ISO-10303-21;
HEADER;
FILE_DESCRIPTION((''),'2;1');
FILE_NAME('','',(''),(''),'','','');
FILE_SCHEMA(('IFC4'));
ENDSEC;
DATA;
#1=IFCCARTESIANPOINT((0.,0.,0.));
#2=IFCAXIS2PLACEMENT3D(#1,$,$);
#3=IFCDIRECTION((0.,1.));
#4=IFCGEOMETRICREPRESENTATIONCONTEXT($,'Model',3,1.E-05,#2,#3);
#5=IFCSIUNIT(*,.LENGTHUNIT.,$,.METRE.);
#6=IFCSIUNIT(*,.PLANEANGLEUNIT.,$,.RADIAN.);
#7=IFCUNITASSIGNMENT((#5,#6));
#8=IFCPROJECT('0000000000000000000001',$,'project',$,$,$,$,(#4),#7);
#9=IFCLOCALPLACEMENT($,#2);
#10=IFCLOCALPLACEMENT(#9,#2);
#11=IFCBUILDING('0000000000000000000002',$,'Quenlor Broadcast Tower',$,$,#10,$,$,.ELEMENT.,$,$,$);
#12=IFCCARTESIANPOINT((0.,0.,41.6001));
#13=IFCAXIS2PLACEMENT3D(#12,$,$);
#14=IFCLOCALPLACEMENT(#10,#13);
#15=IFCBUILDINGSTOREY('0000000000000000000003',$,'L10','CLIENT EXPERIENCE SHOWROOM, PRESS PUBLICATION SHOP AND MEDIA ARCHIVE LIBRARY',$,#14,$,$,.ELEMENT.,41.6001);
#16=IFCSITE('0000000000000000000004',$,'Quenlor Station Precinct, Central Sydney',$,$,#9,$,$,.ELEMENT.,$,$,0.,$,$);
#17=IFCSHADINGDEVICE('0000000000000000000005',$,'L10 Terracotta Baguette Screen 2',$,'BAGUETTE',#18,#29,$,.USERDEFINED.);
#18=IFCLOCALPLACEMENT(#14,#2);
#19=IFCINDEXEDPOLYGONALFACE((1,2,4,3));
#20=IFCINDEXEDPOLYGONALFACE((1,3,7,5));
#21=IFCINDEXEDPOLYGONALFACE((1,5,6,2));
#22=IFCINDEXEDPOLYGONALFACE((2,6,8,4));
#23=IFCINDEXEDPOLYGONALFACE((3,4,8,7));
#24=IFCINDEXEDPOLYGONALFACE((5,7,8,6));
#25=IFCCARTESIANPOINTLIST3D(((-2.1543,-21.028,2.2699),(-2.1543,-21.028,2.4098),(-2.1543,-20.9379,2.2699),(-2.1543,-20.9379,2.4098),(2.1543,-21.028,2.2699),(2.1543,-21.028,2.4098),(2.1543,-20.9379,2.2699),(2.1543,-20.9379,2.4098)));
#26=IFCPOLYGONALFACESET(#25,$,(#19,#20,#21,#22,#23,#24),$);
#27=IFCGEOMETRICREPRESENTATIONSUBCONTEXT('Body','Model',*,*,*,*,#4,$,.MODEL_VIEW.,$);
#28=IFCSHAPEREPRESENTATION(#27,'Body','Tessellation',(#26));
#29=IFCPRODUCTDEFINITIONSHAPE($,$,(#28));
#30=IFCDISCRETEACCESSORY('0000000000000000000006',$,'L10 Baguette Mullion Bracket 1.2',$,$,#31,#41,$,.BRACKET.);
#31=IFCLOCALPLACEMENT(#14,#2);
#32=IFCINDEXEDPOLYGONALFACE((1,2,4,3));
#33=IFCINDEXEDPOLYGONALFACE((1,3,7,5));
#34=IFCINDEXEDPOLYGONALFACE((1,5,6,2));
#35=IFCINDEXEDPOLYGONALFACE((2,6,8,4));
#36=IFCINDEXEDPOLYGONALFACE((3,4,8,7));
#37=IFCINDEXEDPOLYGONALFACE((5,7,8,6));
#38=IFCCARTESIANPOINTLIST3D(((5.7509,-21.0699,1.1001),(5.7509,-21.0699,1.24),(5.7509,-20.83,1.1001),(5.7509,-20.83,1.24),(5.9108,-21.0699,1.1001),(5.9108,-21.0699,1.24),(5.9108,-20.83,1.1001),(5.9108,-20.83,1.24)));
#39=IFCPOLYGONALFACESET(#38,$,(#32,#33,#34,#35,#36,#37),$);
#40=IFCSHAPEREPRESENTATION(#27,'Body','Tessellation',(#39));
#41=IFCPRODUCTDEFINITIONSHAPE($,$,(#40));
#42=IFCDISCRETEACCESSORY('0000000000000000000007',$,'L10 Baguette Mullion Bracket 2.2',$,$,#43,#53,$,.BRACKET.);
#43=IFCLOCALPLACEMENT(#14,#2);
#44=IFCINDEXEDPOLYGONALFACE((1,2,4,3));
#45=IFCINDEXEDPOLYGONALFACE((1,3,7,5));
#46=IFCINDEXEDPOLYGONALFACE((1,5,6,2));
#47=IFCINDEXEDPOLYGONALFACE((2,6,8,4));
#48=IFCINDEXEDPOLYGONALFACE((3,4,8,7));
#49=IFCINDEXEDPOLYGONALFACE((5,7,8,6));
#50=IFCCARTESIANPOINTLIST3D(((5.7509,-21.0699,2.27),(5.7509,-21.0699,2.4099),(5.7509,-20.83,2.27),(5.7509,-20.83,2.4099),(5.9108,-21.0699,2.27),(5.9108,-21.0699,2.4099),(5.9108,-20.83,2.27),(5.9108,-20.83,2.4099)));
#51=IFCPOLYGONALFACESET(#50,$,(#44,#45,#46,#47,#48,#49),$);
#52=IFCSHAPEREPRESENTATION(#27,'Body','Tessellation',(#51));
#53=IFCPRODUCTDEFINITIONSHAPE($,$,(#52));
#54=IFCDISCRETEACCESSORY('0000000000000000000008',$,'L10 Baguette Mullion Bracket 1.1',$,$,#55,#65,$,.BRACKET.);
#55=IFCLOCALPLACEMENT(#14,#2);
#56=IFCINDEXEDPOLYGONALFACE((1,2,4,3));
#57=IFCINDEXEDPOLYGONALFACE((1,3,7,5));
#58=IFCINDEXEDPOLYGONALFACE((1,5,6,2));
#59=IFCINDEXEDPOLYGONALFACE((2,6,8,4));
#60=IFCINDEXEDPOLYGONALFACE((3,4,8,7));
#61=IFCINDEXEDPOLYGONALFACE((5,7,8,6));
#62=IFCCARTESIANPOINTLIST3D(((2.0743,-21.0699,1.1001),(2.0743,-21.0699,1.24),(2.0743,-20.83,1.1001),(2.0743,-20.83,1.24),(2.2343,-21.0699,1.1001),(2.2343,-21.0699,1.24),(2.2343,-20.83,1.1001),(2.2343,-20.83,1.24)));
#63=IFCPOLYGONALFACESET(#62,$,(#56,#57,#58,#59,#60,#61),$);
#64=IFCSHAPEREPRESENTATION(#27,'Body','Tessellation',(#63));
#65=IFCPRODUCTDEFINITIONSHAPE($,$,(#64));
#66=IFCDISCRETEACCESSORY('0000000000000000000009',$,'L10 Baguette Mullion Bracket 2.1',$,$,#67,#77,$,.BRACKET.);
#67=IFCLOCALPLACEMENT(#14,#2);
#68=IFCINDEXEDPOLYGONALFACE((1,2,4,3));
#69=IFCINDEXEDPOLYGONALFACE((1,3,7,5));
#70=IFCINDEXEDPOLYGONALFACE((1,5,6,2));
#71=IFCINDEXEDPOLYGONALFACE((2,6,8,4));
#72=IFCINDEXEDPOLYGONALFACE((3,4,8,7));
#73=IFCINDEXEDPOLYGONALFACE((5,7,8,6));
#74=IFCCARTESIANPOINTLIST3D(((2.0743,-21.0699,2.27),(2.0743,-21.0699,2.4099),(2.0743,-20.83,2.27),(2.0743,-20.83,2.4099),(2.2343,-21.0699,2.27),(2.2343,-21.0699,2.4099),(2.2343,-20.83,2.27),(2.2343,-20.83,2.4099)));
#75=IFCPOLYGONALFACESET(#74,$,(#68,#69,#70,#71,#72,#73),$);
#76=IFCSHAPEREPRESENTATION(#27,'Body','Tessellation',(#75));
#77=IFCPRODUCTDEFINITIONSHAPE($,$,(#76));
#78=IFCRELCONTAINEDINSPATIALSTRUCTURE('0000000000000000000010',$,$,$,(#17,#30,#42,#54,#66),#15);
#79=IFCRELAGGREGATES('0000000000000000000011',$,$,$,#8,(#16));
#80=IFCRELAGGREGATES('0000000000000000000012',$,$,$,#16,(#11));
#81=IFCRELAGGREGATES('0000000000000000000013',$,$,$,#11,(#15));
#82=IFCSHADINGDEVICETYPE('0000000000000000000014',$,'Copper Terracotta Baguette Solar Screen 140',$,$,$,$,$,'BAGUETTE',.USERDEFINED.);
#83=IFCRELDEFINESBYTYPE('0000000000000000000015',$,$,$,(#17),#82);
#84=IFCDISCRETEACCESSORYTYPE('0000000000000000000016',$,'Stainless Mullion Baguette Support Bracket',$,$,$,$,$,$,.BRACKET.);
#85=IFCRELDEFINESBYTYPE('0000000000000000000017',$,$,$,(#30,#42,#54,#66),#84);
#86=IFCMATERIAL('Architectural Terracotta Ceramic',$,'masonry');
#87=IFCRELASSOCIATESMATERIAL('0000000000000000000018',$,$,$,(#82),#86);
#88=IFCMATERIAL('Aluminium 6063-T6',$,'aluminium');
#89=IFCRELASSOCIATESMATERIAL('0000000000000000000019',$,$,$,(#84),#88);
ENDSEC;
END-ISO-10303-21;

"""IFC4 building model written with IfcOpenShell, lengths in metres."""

from ifc_helpers import new_model, si_unit, direction, frame, origin, origin_2d, place, context, subcontext, project, spatial, rectangle, extrude, material, material_profile, profile_set, type_object, element, save


model = new_model("IFC4")

# Units and contexts
model_context = context("Model", 3, precision=1e-05, world=origin(), true_north=direction((0.0, 1.0)))
body_context = subcontext(model_context, "Body", "Model", "MODEL_VIEW")
ifc_project = project(units=[si_unit("LENGTHUNIT", "METRE"), si_unit("PLANEANGLEUNIT", "RADIAN")], contexts=[model_context])

# Site, building, storey
site_placement = place(None, origin())
site = spatial("IfcSite", under=ifc_project, at=site_placement, Name="Quenlor Station Precinct, Central Sydney", CompositionType="ELEMENT", RefElevation=0.0)
building_placement = place(site_placement, origin())
building = spatial("IfcBuilding", under=site, at=building_placement, Name="Quenlor Broadcast Tower", CompositionType="ELEMENT")
storey_placement = place(building_placement, frame((0.0, 0.0, 41.6001)))
storey = spatial("IfcBuildingStorey", under=building, at=storey_placement, Name="L10", Description="CLIENT EXPERIENCE SHOWROOM, PRESS PUBLICATION SHOP AND MEDIA ARCHIVE LIBRARY", CompositionType="ELEMENT", Elevation=41.6001)

# Shading device
ifc_material_1 = material(Name="Architectural Terracotta Ceramic", Category="masonry")
ifc_material_profile_1 = material_profile(ifc_material_1, rectangle(XDim=0.0901, YDim=0.1399, at=origin_2d()))
ifc_profile_set_1 = profile_set([ifc_material_profile_1], Name="Architectural Terracotta Ceramic BAG90x140")
shading_device_type = type_object("IfcShadingDeviceType", Name="Copper Terracotta Baguette Solar Screen 140", ElementType="BAGUETTE", PredefinedType="USERDEFINED", material=ifc_profile_set_1)
for number, where, z_axis, x_axis, name in (
    (1, (2.1543, -20.9829, 2.3398), (-1.0, 0.0, 0.0), (0.0, -1.0, 0.0), "L10 Terracotta Baguette Screen 2"),
):
    element("IfcShadingDevice", number, at=place(storey_placement, frame(where, z_axis=z_axis, x_axis=x_axis)), inside=storey, type_object=shading_device_type, Name=name, ObjectType="BAGUETTE", PredefinedType="USERDEFINED", context=body_context, shape_type="SweptSolid", body=[
        extrude(rectangle(XDim=0.0901, YDim=0.1399, at=origin_2d()), origin(), (0.0, 0.0, 1.0), 4.3086),
    ])

# Discrete accessories
ifc_material_2 = material(Name="Aluminium 6063-T6", Category="aluminium")
discrete_accessory_type = type_object("IfcDiscreteAccessoryType", Name="Stainless Mullion Baguette Support Bracket", PredefinedType="BRACKET", material=ifc_material_2)
for number, where, z_axis, x_axis, name in (
    (2, (5.8308, -20.95, 1.1001), (0.0, 0.0, 1.0), (-1.0, 0.0, 0.0), "L10 Baguette Mullion Bracket 1.2"),
    (3, (5.8308, -20.95, 2.27), (0.0, 0.0, 1.0), (-1.0, 0.0, 0.0), "L10 Baguette Mullion Bracket 2.2"),
    (4, (2.1543, -20.95, 1.1001), (0.0, 0.0, 1.0), (-1.0, 0.0, 0.0), "L10 Baguette Mullion Bracket 1.1"),
    (5, (2.1543, -20.95, 2.27), (0.0, 0.0, 1.0), (-1.0, 0.0, 0.0), "L10 Baguette Mullion Bracket 2.1"),
):
    element("IfcDiscreteAccessory", number, at=place(storey_placement, frame(where, z_axis=z_axis, x_axis=x_axis)), inside=storey, type_object=discrete_accessory_type, Name=name, PredefinedType="BRACKET", context=body_context, shape_type="SweptSolid", body=[
        extrude(rectangle(XDim=0.1599, YDim=0.24, at=origin_2d()), origin(), (0.0, 0.0, 1.0), 0.1399),
    ])

save(model, "model.ifc")
